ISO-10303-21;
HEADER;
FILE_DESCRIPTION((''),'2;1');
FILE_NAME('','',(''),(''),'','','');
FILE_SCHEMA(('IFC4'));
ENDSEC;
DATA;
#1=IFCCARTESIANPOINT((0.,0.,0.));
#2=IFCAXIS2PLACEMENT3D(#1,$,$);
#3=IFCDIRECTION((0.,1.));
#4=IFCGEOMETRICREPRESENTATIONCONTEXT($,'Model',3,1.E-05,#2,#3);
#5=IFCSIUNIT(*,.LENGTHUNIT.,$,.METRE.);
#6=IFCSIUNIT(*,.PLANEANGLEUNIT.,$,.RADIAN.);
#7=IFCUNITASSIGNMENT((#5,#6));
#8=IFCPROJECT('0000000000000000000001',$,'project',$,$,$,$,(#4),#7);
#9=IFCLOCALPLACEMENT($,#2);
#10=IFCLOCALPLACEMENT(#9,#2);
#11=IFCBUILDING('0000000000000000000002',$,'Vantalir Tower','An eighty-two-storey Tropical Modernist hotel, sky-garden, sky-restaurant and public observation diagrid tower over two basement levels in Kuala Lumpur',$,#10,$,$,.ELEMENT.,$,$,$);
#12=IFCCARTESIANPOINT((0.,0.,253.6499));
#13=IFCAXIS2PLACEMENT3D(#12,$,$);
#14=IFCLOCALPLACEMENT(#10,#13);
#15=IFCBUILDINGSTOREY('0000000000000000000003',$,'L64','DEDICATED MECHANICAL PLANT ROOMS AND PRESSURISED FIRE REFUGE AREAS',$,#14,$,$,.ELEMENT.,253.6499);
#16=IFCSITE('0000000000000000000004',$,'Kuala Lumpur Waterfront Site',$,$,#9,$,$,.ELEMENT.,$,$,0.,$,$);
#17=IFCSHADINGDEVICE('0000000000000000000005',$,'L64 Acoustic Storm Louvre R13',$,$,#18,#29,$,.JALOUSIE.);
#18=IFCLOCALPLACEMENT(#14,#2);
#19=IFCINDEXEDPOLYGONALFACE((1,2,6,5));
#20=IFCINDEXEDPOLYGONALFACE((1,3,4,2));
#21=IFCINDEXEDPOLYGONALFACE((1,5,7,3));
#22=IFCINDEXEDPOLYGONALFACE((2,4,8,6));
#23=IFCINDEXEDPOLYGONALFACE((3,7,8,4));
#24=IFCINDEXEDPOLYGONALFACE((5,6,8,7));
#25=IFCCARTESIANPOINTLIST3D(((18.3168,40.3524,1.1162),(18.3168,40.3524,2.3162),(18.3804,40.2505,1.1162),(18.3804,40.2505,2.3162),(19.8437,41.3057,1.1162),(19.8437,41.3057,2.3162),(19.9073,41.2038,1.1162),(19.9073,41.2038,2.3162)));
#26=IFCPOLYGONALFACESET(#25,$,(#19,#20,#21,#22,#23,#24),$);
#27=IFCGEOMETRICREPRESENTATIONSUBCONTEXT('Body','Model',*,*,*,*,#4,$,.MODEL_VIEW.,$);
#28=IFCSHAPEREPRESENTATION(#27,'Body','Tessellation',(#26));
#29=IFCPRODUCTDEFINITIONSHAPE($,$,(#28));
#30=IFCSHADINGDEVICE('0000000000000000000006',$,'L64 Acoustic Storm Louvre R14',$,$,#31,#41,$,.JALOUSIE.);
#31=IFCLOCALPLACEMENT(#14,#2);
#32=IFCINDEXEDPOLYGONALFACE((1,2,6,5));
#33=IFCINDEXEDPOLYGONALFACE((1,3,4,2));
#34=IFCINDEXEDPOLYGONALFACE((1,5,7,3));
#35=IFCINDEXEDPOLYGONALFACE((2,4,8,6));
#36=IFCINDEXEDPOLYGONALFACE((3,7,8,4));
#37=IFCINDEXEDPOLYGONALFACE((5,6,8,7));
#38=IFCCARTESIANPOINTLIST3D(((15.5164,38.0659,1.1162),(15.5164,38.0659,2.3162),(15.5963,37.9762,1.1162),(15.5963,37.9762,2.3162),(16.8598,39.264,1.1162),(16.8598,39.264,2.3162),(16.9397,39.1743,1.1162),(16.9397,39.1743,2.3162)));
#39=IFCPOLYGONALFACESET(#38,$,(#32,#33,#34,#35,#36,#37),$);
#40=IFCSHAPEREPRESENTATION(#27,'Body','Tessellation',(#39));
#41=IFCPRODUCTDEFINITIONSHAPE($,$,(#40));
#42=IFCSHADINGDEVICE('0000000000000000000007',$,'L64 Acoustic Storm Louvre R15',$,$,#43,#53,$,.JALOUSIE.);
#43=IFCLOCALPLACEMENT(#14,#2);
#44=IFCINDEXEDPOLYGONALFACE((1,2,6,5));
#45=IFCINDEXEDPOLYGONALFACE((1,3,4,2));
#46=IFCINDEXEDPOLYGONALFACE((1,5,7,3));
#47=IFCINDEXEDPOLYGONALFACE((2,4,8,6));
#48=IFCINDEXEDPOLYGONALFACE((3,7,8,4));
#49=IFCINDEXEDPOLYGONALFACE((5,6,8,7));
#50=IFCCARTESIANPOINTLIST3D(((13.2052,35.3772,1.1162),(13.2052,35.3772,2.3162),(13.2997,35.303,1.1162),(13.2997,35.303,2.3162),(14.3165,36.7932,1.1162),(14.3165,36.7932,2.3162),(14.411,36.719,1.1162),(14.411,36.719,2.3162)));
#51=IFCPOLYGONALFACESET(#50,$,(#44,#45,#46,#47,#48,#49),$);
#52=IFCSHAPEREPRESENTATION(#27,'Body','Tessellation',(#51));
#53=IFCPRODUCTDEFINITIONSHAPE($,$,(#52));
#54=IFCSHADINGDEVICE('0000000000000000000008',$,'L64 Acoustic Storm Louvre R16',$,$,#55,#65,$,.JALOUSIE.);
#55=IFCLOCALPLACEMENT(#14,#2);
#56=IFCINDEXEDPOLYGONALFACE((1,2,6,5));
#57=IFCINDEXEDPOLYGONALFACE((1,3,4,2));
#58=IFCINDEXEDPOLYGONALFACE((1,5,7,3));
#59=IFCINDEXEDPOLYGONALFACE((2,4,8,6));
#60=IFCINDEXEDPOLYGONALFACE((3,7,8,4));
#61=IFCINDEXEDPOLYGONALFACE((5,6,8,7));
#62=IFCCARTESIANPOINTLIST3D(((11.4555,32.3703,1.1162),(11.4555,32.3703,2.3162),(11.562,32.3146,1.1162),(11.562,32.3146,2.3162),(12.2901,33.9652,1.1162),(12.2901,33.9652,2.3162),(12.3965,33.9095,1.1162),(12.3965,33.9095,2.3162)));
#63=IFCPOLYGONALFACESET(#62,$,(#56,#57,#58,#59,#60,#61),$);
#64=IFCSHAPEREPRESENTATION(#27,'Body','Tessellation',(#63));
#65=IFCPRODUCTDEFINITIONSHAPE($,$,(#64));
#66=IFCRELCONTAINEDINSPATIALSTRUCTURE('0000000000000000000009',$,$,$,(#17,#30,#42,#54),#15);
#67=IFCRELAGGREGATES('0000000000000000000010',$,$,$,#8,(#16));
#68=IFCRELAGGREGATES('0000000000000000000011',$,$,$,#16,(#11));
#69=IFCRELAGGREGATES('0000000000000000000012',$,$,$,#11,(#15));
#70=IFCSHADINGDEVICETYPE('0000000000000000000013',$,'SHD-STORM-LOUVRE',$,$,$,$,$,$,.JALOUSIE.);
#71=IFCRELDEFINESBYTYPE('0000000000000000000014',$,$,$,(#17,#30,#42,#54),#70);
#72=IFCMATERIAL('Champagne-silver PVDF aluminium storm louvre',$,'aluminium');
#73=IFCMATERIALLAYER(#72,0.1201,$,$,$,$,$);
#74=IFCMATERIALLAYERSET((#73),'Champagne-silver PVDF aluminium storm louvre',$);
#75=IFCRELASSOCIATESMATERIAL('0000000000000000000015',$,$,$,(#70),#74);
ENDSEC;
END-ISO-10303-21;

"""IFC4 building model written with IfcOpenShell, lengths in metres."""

from ifc_helpers import new_model, si_unit, direction, frame, origin, origin_2d, place, context, subcontext, project, spatial, rectangle, extrude, material, layer, layer_set, type_object, element, save


model = new_model("IFC4")

# Units and contexts
model_context = context("Model", 3, precision=1e-05, world=origin(), true_north=direction((0.0, 1.0)))
body_context = subcontext(model_context, "Body", "Model", "MODEL_VIEW")
ifc_project = project(units=[si_unit("LENGTHUNIT", "METRE"), si_unit("PLANEANGLEUNIT", "RADIAN")], contexts=[model_context])

# Site, building, storey
site_placement = place(None, origin())
site = spatial("IfcSite", under=ifc_project, at=site_placement, Name="Kuala Lumpur Waterfront Site", CompositionType="ELEMENT", RefElevation=0.0)
building_placement = place(site_placement, origin())
building = spatial("IfcBuilding", under=site, at=building_placement, Name="Vantalir Tower", Description="An eighty-two-storey Tropical Modernist hotel, sky-garden, sky-restaurant and public observation diagrid tower over two basement levels in Kuala Lumpur", CompositionType="ELEMENT")
storey_placement = place(building_placement, frame((0.0, 0.0, 253.6499)))
storey = spatial("IfcBuildingStorey", under=building, at=storey_placement, Name="L64", Description="DEDICATED MECHANICAL PLANT ROOMS AND PRESSURISED FIRE REFUGE AREAS", CompositionType="ELEMENT", Elevation=253.6499)

# Shading devices
ifc_material_1 = material(Name="Champagne-silver PVDF aluminium storm louvre", Category="aluminium")
ifc_layer_1 = layer(ifc_material_1, 0.1201)
ifc_layer_set_1 = layer_set([ifc_layer_1], Name="Champagne-silver PVDF aluminium storm louvre")
shading_device_type = type_object("IfcShadingDeviceType", Name="SHD-STORM-LOUVRE", PredefinedType="JALOUSIE", material=ifc_layer_set_1)
for number, where, z_axis, x_axis, name in (
    (1, (19.1121, 40.7781, 1.1162), (0.0, 0.0, 1.0), (-0.848242, -0.529608, 0.0), "L64 Acoustic Storm Louvre R13"),
    (2, (16.228, 38.6201, 1.1162), (0.0, 0.0, 1.0), (-0.746313, -0.665595, 0.0), "L64 Acoustic Storm Louvre R14"),
    (3, (13.8081, 36.0481, 1.1162), (0.0, 0.0, 1.0), (-0.617407, -0.786644, 0.0), "L64 Acoustic Storm Louvre R15"),
    (4, (11.926, 33.1399, 1.1162), (0.0, 0.0, 1.0), (-0.463621, -0.886034, 0.0), "L64 Acoustic Storm Louvre R16"),
):
    element("IfcShadingDevice", number, at=place(storey_placement, frame(where, z_axis=z_axis, x_axis=x_axis)), inside=storey, type_object=shading_device_type, Name=name, PredefinedType="JALOUSIE", context=body_context, shape_type="SweptSolid", body=[
        extrude(rectangle(XDim=1.8, YDim=0.1201, at=origin_2d()), origin(), (0.0, 0.0, 1.0), 1.2),
    ])

save(model, "model.ifc")
